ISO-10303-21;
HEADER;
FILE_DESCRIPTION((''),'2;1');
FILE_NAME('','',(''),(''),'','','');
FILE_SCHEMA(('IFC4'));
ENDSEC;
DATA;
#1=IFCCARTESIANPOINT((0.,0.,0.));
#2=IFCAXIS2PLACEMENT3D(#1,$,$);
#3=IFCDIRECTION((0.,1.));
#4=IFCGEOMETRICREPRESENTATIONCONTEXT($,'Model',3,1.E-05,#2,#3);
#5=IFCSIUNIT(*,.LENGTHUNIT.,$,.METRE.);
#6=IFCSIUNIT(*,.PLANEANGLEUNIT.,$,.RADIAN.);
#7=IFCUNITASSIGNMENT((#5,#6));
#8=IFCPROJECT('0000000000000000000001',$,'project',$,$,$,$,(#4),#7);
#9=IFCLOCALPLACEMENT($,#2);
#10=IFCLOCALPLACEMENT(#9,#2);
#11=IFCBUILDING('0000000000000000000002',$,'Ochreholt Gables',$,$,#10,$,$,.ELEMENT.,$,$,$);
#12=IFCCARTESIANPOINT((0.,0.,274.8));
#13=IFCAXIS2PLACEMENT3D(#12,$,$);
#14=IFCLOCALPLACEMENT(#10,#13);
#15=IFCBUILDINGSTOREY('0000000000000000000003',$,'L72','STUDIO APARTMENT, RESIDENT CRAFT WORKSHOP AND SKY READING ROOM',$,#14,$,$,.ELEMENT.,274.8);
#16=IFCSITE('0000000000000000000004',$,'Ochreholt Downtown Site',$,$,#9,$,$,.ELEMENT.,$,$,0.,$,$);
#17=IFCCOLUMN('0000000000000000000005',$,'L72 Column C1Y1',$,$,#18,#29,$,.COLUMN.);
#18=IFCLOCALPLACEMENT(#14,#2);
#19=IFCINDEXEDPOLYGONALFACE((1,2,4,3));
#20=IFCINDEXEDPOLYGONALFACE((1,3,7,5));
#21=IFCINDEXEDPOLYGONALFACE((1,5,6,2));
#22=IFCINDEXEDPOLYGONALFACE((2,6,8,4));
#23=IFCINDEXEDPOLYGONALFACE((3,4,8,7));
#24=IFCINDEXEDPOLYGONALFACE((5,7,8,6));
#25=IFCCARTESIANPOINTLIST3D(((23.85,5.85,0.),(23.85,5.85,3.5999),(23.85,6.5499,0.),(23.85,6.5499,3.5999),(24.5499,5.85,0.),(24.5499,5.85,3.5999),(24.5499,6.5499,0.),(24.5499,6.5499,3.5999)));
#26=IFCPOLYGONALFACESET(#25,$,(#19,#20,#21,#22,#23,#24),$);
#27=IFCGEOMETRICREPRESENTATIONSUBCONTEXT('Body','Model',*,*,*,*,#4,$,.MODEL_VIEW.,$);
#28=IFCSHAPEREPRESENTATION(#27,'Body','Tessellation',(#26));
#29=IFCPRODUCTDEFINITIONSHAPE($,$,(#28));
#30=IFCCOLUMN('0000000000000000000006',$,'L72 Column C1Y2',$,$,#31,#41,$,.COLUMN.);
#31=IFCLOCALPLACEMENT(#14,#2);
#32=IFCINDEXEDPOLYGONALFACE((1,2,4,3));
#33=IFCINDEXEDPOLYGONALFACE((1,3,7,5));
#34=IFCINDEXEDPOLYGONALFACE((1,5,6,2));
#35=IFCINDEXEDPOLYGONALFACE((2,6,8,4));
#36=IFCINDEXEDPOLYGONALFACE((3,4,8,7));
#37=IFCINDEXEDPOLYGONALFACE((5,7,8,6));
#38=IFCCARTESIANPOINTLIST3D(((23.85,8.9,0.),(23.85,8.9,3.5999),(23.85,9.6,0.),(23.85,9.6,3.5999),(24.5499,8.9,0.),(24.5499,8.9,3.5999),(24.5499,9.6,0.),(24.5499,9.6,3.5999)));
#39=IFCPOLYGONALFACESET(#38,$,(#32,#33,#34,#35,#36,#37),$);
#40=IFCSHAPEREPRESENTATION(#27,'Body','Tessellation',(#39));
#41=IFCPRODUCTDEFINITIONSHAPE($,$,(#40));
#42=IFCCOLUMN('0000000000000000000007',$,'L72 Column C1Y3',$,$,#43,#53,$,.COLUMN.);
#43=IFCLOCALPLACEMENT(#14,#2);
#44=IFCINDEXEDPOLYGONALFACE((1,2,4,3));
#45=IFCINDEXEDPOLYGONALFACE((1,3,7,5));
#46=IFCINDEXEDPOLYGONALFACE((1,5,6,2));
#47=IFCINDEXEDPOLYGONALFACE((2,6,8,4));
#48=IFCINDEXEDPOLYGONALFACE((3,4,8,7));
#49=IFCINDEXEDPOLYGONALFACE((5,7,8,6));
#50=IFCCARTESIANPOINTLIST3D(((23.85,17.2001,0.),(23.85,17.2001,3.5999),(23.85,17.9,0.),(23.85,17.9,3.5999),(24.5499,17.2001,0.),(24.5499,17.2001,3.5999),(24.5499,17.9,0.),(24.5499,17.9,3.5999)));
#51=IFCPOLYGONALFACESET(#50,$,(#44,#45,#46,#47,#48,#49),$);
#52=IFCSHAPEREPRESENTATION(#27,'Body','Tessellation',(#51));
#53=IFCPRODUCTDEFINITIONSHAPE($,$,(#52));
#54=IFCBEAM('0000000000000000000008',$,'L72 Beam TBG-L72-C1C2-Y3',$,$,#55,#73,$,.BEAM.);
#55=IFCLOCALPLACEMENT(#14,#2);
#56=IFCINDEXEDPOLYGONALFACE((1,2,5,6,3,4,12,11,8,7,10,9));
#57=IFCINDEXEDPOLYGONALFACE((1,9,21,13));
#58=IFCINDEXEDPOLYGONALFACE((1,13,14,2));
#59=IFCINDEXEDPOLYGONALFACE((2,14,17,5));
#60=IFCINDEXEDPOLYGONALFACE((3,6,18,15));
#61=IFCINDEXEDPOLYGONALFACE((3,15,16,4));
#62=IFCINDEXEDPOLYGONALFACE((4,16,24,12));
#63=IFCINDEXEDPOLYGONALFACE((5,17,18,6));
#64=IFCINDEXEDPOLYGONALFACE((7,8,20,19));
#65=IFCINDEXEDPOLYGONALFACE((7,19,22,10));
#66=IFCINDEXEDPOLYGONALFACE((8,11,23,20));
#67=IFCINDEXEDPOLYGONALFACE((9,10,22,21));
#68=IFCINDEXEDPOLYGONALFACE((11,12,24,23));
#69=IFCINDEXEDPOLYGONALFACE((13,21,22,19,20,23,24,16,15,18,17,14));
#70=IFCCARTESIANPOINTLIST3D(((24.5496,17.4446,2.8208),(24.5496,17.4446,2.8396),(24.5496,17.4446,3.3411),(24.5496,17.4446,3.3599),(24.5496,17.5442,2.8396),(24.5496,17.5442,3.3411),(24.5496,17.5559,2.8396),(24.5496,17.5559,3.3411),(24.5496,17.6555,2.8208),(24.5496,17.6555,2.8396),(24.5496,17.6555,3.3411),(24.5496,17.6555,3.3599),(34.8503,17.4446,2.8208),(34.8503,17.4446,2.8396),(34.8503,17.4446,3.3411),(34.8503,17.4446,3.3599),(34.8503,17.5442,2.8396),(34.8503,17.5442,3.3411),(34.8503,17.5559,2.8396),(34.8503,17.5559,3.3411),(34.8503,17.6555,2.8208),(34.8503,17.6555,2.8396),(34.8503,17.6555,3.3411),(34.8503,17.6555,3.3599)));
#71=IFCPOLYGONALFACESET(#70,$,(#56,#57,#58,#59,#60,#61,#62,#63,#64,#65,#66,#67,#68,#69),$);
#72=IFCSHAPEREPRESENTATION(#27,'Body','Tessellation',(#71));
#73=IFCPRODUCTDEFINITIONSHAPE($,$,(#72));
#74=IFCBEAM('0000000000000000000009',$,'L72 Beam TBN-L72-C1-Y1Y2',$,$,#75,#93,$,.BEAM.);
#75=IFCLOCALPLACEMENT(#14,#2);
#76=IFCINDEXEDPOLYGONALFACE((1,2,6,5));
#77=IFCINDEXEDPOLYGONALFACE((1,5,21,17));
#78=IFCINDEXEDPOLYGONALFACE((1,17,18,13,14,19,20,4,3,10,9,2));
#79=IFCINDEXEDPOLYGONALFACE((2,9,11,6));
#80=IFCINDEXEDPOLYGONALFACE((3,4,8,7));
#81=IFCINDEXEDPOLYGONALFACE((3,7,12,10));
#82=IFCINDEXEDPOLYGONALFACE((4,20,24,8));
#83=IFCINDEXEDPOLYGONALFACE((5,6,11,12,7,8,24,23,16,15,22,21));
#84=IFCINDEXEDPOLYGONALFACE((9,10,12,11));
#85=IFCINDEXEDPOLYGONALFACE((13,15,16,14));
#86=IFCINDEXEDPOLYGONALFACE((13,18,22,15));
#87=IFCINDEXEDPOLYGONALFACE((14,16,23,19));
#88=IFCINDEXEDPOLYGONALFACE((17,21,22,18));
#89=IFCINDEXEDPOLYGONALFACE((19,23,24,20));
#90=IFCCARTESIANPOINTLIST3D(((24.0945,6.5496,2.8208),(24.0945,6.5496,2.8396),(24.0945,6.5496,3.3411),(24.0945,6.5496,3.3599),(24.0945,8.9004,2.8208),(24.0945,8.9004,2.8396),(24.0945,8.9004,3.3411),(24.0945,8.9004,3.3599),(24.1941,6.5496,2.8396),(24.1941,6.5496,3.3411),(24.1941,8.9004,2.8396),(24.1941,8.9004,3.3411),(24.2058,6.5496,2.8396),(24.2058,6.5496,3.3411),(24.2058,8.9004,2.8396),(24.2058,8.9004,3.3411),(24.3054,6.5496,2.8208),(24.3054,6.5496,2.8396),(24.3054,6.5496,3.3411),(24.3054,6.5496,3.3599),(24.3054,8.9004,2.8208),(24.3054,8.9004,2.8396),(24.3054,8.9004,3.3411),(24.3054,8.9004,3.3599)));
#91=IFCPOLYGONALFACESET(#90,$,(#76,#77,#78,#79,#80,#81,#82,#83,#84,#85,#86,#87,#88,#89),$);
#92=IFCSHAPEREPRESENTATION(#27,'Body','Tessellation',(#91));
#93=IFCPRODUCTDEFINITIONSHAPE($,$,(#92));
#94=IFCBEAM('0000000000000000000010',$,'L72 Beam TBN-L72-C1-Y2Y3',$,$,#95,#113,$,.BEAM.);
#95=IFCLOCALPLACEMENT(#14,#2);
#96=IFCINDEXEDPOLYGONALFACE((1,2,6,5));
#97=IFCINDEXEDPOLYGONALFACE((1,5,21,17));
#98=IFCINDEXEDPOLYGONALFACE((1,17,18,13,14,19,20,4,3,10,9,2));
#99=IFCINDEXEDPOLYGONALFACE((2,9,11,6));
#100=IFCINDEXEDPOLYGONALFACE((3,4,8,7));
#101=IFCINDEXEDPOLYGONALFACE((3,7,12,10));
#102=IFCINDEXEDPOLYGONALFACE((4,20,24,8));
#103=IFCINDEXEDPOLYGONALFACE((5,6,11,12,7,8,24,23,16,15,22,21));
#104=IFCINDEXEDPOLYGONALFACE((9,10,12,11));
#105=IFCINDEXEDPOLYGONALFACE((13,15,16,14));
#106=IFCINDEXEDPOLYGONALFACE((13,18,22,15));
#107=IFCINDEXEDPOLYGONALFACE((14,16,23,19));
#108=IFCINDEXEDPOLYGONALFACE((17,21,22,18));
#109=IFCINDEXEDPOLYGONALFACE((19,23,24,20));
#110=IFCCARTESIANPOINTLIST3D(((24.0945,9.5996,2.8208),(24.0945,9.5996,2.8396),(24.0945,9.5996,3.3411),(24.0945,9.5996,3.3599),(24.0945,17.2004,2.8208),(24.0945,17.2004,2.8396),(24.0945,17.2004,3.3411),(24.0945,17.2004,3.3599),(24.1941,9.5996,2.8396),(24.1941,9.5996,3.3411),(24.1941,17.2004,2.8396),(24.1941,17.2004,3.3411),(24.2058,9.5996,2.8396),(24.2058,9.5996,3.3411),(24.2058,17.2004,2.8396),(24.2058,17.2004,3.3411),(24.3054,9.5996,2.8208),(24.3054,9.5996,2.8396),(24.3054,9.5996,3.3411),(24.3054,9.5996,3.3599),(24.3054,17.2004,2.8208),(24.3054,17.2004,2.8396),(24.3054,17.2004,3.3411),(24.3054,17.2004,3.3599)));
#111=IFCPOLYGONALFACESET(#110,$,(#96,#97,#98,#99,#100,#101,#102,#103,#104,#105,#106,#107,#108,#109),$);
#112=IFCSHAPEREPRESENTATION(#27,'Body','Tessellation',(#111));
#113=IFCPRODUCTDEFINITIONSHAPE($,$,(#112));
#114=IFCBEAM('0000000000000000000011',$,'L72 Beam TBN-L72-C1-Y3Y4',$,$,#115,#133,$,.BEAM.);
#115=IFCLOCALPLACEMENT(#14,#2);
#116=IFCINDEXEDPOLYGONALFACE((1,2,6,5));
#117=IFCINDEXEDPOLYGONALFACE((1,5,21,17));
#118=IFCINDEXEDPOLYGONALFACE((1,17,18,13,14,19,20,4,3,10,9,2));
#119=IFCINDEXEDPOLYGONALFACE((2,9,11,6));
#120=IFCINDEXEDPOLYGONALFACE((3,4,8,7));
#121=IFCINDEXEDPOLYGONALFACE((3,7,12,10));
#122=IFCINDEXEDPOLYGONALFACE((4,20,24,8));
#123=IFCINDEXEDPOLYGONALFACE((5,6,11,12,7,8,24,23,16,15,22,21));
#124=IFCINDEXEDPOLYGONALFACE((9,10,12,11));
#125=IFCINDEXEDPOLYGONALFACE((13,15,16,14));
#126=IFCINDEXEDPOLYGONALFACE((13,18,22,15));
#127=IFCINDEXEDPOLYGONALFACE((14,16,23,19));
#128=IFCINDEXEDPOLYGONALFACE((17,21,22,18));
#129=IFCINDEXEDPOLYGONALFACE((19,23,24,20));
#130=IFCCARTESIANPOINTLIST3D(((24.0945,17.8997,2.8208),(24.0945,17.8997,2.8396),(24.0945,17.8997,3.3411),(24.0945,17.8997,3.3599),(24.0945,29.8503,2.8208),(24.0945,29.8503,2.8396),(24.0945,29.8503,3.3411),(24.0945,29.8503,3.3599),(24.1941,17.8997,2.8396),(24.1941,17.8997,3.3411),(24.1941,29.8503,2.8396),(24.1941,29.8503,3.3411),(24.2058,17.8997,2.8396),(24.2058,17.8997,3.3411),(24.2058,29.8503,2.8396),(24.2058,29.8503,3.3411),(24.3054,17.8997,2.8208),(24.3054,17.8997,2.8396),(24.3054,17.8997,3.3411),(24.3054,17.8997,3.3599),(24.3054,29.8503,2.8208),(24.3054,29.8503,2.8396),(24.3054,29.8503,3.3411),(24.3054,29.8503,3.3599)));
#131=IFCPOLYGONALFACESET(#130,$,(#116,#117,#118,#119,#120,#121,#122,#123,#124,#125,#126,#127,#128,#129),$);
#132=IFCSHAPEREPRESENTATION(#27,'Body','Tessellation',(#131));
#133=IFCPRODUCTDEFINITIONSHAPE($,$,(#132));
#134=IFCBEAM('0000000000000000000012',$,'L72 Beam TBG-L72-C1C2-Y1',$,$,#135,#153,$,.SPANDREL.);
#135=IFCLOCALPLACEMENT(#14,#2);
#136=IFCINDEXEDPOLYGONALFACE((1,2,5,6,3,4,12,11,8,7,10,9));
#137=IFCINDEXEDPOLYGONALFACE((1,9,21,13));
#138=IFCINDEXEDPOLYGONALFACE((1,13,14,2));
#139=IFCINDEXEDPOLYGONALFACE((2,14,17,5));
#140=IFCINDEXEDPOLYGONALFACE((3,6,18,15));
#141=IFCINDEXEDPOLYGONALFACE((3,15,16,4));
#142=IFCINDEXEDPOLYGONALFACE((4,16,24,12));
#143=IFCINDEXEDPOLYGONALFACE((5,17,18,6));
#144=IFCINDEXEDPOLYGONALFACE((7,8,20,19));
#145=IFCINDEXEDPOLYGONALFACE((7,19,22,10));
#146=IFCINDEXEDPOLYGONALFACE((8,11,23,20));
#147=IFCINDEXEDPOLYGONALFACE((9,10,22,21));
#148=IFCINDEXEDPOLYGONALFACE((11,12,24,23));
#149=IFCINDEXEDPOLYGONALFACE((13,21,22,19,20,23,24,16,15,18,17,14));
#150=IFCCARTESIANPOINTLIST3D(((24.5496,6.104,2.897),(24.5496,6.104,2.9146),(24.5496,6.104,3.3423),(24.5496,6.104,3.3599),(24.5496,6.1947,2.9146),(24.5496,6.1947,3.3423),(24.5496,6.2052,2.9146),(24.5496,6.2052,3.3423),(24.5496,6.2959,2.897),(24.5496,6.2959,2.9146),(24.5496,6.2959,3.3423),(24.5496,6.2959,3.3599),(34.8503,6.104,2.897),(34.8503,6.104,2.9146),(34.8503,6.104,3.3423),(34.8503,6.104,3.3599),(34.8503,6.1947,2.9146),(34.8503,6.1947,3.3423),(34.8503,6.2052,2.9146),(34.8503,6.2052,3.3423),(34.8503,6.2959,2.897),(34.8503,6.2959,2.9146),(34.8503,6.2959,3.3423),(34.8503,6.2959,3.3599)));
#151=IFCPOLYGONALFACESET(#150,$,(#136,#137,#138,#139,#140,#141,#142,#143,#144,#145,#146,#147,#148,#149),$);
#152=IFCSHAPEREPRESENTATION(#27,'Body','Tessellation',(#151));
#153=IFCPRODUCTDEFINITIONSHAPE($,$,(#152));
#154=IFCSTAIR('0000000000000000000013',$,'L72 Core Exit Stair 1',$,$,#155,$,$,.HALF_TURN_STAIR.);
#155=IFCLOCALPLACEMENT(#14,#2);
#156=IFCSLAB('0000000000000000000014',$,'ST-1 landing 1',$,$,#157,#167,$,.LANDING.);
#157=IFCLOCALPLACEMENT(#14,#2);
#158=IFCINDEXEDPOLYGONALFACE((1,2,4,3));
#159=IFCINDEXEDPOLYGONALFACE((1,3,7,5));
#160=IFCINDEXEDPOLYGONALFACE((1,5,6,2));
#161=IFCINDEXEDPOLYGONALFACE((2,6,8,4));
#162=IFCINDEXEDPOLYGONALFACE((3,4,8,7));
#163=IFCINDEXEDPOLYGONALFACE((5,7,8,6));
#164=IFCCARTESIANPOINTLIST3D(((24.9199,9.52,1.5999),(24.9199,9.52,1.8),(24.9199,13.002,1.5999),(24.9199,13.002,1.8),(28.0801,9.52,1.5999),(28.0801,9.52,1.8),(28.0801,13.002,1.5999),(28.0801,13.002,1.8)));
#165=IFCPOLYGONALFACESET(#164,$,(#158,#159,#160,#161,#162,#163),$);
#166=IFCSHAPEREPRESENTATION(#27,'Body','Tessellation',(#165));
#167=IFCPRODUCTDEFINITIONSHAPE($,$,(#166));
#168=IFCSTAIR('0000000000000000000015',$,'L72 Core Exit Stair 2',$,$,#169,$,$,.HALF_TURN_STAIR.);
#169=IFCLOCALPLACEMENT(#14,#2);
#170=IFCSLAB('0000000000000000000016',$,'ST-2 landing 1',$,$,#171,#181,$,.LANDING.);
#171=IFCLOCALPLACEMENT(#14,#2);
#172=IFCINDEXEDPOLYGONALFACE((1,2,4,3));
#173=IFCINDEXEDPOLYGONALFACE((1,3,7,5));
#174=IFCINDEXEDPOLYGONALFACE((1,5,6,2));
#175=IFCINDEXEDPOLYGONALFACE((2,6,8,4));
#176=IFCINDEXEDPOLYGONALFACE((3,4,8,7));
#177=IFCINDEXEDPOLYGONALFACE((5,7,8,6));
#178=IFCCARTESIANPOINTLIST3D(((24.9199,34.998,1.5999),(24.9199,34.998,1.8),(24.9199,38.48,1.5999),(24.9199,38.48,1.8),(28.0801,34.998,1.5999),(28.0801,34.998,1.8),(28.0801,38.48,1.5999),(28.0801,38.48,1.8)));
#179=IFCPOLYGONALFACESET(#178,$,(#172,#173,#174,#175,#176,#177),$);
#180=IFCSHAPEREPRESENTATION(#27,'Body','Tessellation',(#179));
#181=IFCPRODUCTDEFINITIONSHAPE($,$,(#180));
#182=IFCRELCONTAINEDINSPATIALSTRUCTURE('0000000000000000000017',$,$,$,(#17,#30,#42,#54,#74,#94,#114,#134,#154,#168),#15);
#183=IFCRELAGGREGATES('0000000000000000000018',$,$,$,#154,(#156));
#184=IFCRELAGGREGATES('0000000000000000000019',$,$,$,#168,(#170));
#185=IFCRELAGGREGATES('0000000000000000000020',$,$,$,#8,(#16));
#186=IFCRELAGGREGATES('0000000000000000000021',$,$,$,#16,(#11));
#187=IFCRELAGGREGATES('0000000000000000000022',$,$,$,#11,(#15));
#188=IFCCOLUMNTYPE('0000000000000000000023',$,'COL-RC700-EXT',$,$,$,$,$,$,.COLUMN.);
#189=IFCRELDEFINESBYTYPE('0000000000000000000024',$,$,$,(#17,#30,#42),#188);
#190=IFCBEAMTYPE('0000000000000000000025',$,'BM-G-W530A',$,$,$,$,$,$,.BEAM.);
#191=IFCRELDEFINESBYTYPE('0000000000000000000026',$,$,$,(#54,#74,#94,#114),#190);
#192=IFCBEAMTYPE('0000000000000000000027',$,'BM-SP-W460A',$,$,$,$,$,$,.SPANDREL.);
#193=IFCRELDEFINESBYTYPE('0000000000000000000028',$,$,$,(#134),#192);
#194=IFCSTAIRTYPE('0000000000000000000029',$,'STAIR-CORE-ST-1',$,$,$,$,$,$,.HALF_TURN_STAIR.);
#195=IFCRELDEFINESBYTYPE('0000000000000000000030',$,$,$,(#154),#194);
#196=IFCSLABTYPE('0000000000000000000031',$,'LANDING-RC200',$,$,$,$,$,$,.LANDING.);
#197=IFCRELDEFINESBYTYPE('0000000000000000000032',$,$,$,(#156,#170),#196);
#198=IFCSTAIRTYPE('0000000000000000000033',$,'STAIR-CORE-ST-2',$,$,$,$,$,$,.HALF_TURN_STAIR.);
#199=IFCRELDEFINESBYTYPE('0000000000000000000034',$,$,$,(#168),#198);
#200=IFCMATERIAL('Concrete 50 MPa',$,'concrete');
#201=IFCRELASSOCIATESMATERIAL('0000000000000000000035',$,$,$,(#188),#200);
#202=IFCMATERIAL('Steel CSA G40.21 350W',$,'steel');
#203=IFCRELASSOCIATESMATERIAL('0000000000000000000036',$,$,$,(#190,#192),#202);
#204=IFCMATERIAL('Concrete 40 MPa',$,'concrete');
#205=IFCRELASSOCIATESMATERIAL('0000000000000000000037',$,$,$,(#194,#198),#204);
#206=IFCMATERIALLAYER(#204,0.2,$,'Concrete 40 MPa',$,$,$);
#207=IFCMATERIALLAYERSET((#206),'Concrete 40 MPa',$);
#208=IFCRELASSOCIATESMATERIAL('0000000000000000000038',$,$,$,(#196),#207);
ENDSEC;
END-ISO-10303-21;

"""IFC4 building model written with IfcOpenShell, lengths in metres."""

from ifc_helpers import new_model, si_unit, direction, frame, origin, origin_2d, place, context, subcontext, project, spatial, polyline, rectangle, i_section, outline, extrude, material, layer, layer_set, material_profile, profile_set, type_object, element, aggregate, save


model = new_model("IFC4")

# Units and contexts
model_context = context("Model", 3, precision=1e-05, world=origin(), true_north=direction((0.0, 1.0)))
body_context = subcontext(model_context, "Body", "Model", "MODEL_VIEW")
ifc_project = project(units=[si_unit("LENGTHUNIT", "METRE"), si_unit("PLANEANGLEUNIT", "RADIAN")], contexts=[model_context])

# Site, building, storey
site_placement = place(None, origin())
site = spatial("IfcSite", under=ifc_project, at=site_placement, Name="Ochreholt Downtown Site", CompositionType="ELEMENT", RefElevation=0.0)
building_placement = place(site_placement, origin())
building = spatial("IfcBuilding", under=site, at=building_placement, Name="Ochreholt Gables", CompositionType="ELEMENT")
storey_placement = place(building_placement, frame((0.0, 0.0, 274.8)))
storey = spatial("IfcBuildingStorey", under=building, at=storey_placement, Name="L72", Description="STUDIO APARTMENT, RESIDENT CRAFT WORKSHOP AND SKY READING ROOM", CompositionType="ELEMENT", Elevation=274.8)

# Columns
ifc_material_1 = material(Name="Concrete 50 MPa", Category="concrete")
ifc_material_profile_1 = material_profile(ifc_material_1, rectangle(XDim=0.7, YDim=0.7, at=origin_2d()), Name="RC700X700")
ifc_profile_set_1 = profile_set([ifc_material_profile_1], Name="Concrete 50 MPa")
column_type = type_object("IfcColumnType", Name="COL-RC700-EXT", PredefinedType="COLUMN", material=ifc_profile_set_1)
for number, where, z_axis, x_axis, name in (
    (1, (24.2, 6.2, 0.0), (0.0, 0.0, 1.0), (1.0, 0.0, 0.0), "L72 Column C1Y1"),
    (2, (24.2, 9.25, 0.0), (0.0, 0.0, 1.0), (1.0, 0.0, 0.0), "L72 Column C1Y2"),
    (3, (24.2, 17.55, 0.0), (0.0, 0.0, 1.0), (1.0, 0.0, 0.0), "L72 Column C1Y3"),
):
    element("IfcColumn", number, at=place(storey_placement, frame(where, z_axis=z_axis, x_axis=x_axis)), inside=storey, type_object=column_type, Name=name, PredefinedType="COLUMN", context=body_context, shape_type="SweptSolid", body=[
        extrude(rectangle(XDim=0.7, YDim=0.7, at=origin_2d()), origin(), (0.0, 0.0, 1.0), 3.5999),
    ])

# Beams
ifc_material_2 = material(Name="Steel CSA G40.21 350W", Category="steel")
ifc_material_profile_2 = material_profile(ifc_material_2, i_section(OverallWidth=0.2109, OverallDepth=0.5391, WebThickness=0.0117, FlangeThickness=0.0188, at=origin_2d()), Name="W530X109")
ifc_profile_set_2 = profile_set([ifc_material_profile_2], Name="Steel CSA G40.21 350W")
beam_type_1 = type_object("IfcBeamType", Name="BM-G-W530A", PredefinedType="BEAM", material=ifc_profile_set_2)
beam_1_placement = place(storey_placement, frame((24.5496, 17.55, 3.0903), z_axis=(1.0, 0.0, 0.0), x_axis=(0.0, 1.0, 0.0)))
element("IfcBeam", 4, at=beam_1_placement, inside=storey, type_object=beam_type_1, Name="L72 Beam TBG-L72-C1C2-Y3", PredefinedType="BEAM", context=body_context, shape_type="SweptSolid", body=[
    extrude(i_section(OverallWidth=0.2109, OverallDepth=0.5391, WebThickness=0.0117, FlangeThickness=0.0188, at=origin_2d()), origin(), (0.0, 0.0, 1.0), 10.3008),
])
beam_2_placement = place(storey_placement, frame((24.2, 6.5496, 3.0903), z_axis=(0.0, 1.0, 0.0), x_axis=(-1.0, 0.0, 0.0)))
element("IfcBeam", 5, at=beam_2_placement, inside=storey, type_object=beam_type_1, Name="L72 Beam TBN-L72-C1-Y1Y2", PredefinedType="BEAM", context=body_context, shape_type="SweptSolid", body=[
    extrude(i_section(OverallWidth=0.2109, OverallDepth=0.5391, WebThickness=0.0117, FlangeThickness=0.0188, at=origin_2d()), origin(), (0.0, 0.0, 1.0), 2.3508),
])
beam_3_placement = place(storey_placement, frame((24.2, 9.5996, 3.0903), z_axis=(0.0, 1.0, 0.0), x_axis=(-1.0, 0.0, 0.0)))
element("IfcBeam", 6, at=beam_3_placement, inside=storey, type_object=beam_type_1, Name="L72 Beam TBN-L72-C1-Y2Y3", PredefinedType="BEAM", context=body_context, shape_type="SweptSolid", body=[
    extrude(i_section(OverallWidth=0.2109, OverallDepth=0.5391, WebThickness=0.0117, FlangeThickness=0.0188, at=origin_2d()), origin(), (0.0, 0.0, 1.0), 7.6008),
])
beam_4_placement = place(storey_placement, frame((24.2, 17.8997, 3.0903), z_axis=(0.0, 1.0, 0.0), x_axis=(-1.0, 0.0, 0.0)))
element("IfcBeam", 7, at=beam_4_placement, inside=storey, type_object=beam_type_1, Name="L72 Beam TBN-L72-C1-Y3Y4", PredefinedType="BEAM", context=body_context, shape_type="SweptSolid", body=[
    extrude(i_section(OverallWidth=0.2109, OverallDepth=0.5391, WebThickness=0.0117, FlangeThickness=0.0188, at=origin_2d()), origin(), (0.0, 0.0, 1.0), 11.9507),
])
ifc_material_profile_3 = material_profile(ifc_material_2, i_section(OverallWidth=0.1919, OverallDepth=0.4629, WebThickness=0.0105, FlangeThickness=0.0176, at=origin_2d()), Name="W460X89")
ifc_profile_set_3 = profile_set([ifc_material_profile_3], Name="Steel CSA G40.21 350W")
beam_type_2 = type_object("IfcBeamType", Name="BM-SP-W460A", PredefinedType="SPANDREL", material=ifc_profile_set_3)
beam_5_placement = place(storey_placement, frame((24.5496, 6.2, 3.1284), z_axis=(1.0, 0.0, 0.0), x_axis=(0.0, 1.0, 0.0)))
element("IfcBeam", 8, at=beam_5_placement, inside=storey, type_object=beam_type_2, Name="L72 Beam TBG-L72-C1C2-Y1", PredefinedType="SPANDREL", context=body_context, shape_type="SweptSolid", body=[
    extrude(i_section(OverallWidth=0.1919, OverallDepth=0.4629, WebThickness=0.0105, FlangeThickness=0.0176, at=origin_2d()), origin(), (0.0, 0.0, 1.0), 10.3008),
])

# Stairs, slabs
ifc_material_3 = material(Name="Concrete 40 MPa", Category="concrete")
stair_type_1 = type_object("IfcStairType", Name="STAIR-CORE-ST-1", PredefinedType="HALF_TURN_STAIR", material=ifc_material_3)
stair_1_placement = place(storey_placement, origin())
stair_1 = element("IfcStair", 9, at=stair_1_placement, inside=storey, type_object=stair_type_1, Name="L72 Core Exit Stair 1", PredefinedType="HALF_TURN_STAIR")
ifc_layer_1 = layer(ifc_material_3, 0.2, Name="Concrete 40 MPa")
ifc_layer_set_1 = layer_set([ifc_layer_1], Name="Concrete 40 MPa")
slab_type_1 = type_object("IfcSlabType", Name="LANDING-RC200", PredefinedType="LANDING", material=ifc_layer_set_1)
slab_1_placement = place(storey_placement, frame((0.0, 0.0, 1.5999)))
slab_1 = element("IfcSlab", 10, at=slab_1_placement, type_object=slab_type_1, Name="ST-1 landing 1", PredefinedType="LANDING", context=body_context, shape_type="SweptSolid", body=[
    extrude(outline(polyline([(24.9199, 13.002), (24.9199, 9.52), (28.0801, 9.52), (28.0801, 13.002), (24.9199, 13.002)])), origin(), (0.0, 0.0, 1.0), 0.2002),
])
aggregate(stair_1, [slab_1])
stair_type_2 = type_object("IfcStairType", Name="STAIR-CORE-ST-2", PredefinedType="HALF_TURN_STAIR", material=ifc_material_3)
stair_2_placement = place(storey_placement, origin())
stair_2 = element("IfcStair", 11, at=stair_2_placement, inside=storey, type_object=stair_type_2, Name="L72 Core Exit Stair 2", PredefinedType="HALF_TURN_STAIR")
slab_2_placement = place(storey_placement, frame((0.0, 0.0, 1.5999)))
slab_2 = element("IfcSlab", 12, at=slab_2_placement, type_object=slab_type_1, Name="ST-2 landing 1", PredefinedType="LANDING", context=body_context, shape_type="SweptSolid", body=[
    extrude(outline(polyline([(28.0801, 34.998), (28.0801, 38.48), (24.9199, 38.48), (24.9199, 34.998), (28.0801, 34.998)])), origin(), (0.0, 0.0, 1.0), 0.2002),
])
aggregate(stair_2, [slab_2])

save(model, "model.ifc")
